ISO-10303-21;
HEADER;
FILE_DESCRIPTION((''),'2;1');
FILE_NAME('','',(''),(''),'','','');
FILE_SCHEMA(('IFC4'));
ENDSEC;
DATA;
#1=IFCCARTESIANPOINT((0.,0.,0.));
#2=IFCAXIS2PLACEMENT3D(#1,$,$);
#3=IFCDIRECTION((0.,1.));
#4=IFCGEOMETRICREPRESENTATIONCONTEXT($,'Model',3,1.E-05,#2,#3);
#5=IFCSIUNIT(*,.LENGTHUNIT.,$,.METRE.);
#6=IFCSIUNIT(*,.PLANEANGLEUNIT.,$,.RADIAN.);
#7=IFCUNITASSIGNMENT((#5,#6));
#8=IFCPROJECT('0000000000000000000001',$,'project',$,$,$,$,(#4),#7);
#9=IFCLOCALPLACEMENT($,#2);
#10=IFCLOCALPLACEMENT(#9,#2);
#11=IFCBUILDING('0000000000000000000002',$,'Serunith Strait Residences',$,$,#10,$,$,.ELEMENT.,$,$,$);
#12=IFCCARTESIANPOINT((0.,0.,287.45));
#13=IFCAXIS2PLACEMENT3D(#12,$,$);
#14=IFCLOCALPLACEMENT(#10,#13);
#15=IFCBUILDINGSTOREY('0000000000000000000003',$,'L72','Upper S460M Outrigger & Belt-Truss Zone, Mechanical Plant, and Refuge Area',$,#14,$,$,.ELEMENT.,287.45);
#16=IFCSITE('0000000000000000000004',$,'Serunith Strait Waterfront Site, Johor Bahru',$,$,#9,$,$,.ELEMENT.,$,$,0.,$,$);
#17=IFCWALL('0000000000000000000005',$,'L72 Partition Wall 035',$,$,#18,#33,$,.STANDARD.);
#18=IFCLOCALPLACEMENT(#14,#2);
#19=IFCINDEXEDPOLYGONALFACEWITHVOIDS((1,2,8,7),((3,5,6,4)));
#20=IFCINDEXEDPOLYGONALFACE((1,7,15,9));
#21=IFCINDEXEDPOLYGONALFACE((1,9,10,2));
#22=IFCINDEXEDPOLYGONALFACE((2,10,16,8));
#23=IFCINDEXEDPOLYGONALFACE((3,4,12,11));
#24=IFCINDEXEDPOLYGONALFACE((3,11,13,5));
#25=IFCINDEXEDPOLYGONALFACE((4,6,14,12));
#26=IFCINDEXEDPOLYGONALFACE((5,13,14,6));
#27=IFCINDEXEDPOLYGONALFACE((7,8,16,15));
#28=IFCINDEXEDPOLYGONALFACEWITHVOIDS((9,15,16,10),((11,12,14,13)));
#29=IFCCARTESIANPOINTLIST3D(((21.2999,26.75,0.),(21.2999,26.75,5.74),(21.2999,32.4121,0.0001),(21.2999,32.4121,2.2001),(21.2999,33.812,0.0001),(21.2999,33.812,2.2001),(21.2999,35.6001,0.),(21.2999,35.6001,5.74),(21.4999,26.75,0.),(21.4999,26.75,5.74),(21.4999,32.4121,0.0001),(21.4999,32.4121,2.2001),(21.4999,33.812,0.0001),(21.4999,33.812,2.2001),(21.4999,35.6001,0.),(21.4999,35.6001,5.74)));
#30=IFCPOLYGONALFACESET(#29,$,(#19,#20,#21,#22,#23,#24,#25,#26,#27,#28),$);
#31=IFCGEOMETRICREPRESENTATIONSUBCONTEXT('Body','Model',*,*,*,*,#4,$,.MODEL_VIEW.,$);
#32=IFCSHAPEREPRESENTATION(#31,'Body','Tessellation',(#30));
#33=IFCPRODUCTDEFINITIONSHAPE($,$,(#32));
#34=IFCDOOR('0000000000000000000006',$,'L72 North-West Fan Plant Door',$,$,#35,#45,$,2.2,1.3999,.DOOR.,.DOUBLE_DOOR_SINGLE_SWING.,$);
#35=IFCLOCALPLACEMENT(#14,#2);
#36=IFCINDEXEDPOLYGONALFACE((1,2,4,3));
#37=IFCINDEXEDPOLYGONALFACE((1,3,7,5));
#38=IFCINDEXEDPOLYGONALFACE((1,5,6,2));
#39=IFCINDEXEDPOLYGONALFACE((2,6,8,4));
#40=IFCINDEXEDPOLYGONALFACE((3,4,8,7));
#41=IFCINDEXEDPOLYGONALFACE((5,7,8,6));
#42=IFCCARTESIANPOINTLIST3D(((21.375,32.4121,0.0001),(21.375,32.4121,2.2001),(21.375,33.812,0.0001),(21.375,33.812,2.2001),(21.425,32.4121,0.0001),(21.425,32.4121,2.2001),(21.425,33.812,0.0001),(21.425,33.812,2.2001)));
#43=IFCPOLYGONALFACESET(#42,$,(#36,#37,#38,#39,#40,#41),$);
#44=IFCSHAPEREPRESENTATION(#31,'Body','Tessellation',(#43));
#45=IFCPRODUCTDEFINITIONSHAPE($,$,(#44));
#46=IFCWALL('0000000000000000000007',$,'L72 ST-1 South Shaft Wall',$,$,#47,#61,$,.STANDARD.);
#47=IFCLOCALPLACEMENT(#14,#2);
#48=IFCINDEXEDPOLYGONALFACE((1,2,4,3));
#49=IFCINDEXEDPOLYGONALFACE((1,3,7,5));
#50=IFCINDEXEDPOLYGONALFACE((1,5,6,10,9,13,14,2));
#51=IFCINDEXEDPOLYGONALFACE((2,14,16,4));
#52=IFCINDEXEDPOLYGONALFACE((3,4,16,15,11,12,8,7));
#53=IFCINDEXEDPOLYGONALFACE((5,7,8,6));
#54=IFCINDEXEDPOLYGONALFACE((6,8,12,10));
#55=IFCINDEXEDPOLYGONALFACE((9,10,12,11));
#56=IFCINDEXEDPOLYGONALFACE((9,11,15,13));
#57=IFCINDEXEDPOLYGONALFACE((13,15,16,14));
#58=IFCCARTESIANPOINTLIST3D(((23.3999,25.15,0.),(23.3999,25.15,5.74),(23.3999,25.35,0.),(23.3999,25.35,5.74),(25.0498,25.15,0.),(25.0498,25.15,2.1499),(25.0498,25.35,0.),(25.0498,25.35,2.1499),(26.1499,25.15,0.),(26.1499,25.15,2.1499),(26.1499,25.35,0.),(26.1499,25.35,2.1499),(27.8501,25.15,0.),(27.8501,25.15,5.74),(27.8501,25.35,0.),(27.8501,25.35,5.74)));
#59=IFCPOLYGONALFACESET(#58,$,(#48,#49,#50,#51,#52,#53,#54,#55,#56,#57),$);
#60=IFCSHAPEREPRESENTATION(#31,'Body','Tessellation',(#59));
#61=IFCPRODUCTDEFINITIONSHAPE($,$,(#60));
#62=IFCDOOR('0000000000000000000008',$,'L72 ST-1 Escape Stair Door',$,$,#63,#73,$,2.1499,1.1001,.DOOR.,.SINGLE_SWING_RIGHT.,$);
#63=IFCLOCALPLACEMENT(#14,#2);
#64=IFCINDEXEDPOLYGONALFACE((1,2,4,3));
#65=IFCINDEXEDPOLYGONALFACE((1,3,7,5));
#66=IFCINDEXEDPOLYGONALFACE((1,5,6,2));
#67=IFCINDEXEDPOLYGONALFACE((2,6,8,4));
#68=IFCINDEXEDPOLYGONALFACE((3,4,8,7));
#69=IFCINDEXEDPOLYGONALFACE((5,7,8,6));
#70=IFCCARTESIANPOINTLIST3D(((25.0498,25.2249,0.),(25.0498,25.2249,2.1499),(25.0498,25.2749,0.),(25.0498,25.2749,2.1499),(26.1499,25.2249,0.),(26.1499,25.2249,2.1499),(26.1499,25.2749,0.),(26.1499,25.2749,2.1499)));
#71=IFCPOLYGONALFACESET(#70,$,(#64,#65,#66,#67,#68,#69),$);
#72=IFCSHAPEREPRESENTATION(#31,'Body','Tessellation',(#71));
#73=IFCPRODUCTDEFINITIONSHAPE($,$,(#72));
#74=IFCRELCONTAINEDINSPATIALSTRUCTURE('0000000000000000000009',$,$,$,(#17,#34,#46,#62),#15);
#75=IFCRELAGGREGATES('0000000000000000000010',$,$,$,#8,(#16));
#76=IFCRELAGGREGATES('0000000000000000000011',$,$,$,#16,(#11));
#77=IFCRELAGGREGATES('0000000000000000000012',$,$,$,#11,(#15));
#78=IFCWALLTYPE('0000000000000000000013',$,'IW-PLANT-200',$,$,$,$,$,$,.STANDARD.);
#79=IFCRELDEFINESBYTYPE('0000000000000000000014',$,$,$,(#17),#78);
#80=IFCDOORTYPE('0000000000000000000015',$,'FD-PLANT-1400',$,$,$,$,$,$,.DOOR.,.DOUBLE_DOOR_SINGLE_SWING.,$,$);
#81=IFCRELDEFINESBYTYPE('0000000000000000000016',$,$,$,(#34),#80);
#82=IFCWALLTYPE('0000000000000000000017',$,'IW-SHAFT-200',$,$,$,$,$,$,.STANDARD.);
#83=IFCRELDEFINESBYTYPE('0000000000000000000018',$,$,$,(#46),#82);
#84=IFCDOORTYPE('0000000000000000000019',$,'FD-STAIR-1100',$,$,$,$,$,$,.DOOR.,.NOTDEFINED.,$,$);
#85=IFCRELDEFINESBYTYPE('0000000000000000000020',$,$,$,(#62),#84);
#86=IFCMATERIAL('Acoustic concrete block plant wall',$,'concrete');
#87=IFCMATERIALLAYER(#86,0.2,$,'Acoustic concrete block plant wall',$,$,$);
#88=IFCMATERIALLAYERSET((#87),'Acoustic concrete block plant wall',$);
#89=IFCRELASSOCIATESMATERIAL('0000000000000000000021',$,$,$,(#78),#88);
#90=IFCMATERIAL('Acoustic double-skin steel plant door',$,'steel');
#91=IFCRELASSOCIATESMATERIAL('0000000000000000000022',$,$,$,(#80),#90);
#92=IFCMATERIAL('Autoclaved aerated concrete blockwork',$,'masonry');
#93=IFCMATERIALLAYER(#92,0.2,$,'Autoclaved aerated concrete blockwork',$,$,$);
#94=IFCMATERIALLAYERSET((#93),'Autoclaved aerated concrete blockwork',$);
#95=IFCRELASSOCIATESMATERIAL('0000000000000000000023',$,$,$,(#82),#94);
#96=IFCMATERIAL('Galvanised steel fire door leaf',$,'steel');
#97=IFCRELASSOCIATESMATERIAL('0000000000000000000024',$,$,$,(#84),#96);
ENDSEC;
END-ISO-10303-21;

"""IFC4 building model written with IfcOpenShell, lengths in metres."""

from ifc_helpers import new_model, si_unit, direction, frame, frame_2d, origin, place, context, subcontext, project, spatial, rectangle, extrude, source, transform, mapped, material, layer, layer_set, type_object, element, fill, save


model = new_model("IFC4")

# Units and contexts
model_context = context("Model", 3, precision=1e-05, world=origin(), true_north=direction((0.0, 1.0)))
body_context = subcontext(model_context, "Body", "Model", "MODEL_VIEW")
ifc_project = project(units=[si_unit("LENGTHUNIT", "METRE"), si_unit("PLANEANGLEUNIT", "RADIAN")], contexts=[model_context])

# Site, building, storey
site_placement = place(None, origin())
site = spatial("IfcSite", under=ifc_project, at=site_placement, Name="Serunith Strait Waterfront Site, Johor Bahru", CompositionType="ELEMENT", RefElevation=0.0)
building_placement = place(site_placement, origin())
building = spatial("IfcBuilding", under=site, at=building_placement, Name="Serunith Strait Residences", CompositionType="ELEMENT")
storey_placement = place(building_placement, frame((0.0, 0.0, 287.45)))
storey = spatial("IfcBuildingStorey", under=building, at=storey_placement, Name="L72", Description="Upper S460M Outrigger & Belt-Truss Zone, Mechanical Plant, and Refuge Area", CompositionType="ELEMENT", Elevation=287.45)

# Shared definitions
ifc_material_1 = material(Name="Acoustic concrete block plant wall", Category="concrete")
ifc_layer_1 = layer(ifc_material_1, 0.2, Name="Acoustic concrete block plant wall")
ifc_layer_set_1 = layer_set([ifc_layer_1], Name="Acoustic concrete block plant wall")
wall_type_1 = type_object("IfcWallType", Name="IW-PLANT-200", PredefinedType="STANDARD", material=ifc_layer_set_1)

# Walls, openings, doors
wall_1_placement = place(storey_placement, frame((21.3999, 26.75, 0.0), z_axis=(0.0, 0.0, 1.0), x_axis=(0.0, 1.0, 0.0)))
wall_1 = element("IfcWall", 1, at=wall_1_placement, inside=storey, type_object=wall_type_1, Name="L72 Partition Wall 035", PredefinedType="STANDARD", context=body_context, shape_type="SweptSolid", body=[
    extrude(rectangle(XDim=8.8501, YDim=0.2, at=frame_2d((4.425, 0.0))), origin(), (0.0, 0.0, 1.0), 5.74),
])
opening_1_placement = place(wall_1_placement, frame((5.6621, 0.0, 0.0)))
opening_1 = element("IfcOpeningElement", 2, at=opening_1_placement, cuts=wall_1, PredefinedType="OPENING", context=body_context, shape_type="SweptSolid", body=[
    extrude(rectangle(XDim=1.3999, YDim=2.2, at=frame_2d((0.7, 1.1001))), frame((0.0, 0.1099, 0.0), z_axis=(0.0, -1.0, 0.0), x_axis=(1.0, 0.0, 0.0)), (0.0, 0.0, 1.0), 0.22),
])
ifc_material_2 = material(Name="Acoustic double-skin steel plant door", Category="steel")
door_type_1 = type_object("IfcDoorType", Name="FD-PLANT-1400", OperationType="DOUBLE_DOOR_SINGLE_SWING", PredefinedType="DOOR", material=ifc_material_2)
shared_shape_1 = source(origin(), body_context, "Body", "SweptSolid", [
    extrude(rectangle(XDim=1.3999, YDim=2.2, at=frame_2d((0.7, 1.1001))), frame((0.0, 0.0249, 0.0), z_axis=(0.0, -1.0, 0.0), x_axis=(1.0, 0.0, 0.0)), (0.0, 0.0, 1.0), 0.05),
])
door_1_placement = place(opening_1_placement, origin())
door_1 = element("IfcDoor", 3, at=door_1_placement, inside=storey, type_object=door_type_1, Name="L72 North-West Fan Plant Door", OperationType="DOUBLE_DOOR_SINGLE_SWING", OverallHeight=2.2, OverallWidth=1.3999, PredefinedType="DOOR", context=body_context, shape_type="MappedRepresentation", body=[
    mapped(shared_shape_1, transform((0.0, 0.0, 0.0), scale=1.0)),
])
fill(opening_1, door_1)
ifc_material_3 = material(Name="Autoclaved aerated concrete blockwork", Category="masonry")
ifc_layer_2 = layer(ifc_material_3, 0.2, Name="Autoclaved aerated concrete blockwork")
ifc_layer_set_2 = layer_set([ifc_layer_2], Name="Autoclaved aerated concrete blockwork")
wall_type_2 = type_object("IfcWallType", Name="IW-SHAFT-200", PredefinedType="STANDARD", material=ifc_layer_set_2)
wall_2_placement = place(storey_placement, frame((23.3999, 25.25, 0.0), z_axis=(0.0, 0.0, 1.0), x_axis=(1.0, 0.0, 0.0)))
wall_2 = element("IfcWall", 4, at=wall_2_placement, inside=storey, type_object=wall_type_2, Name="L72 ST-1 South Shaft Wall", PredefinedType="STANDARD", context=body_context, shape_type="SweptSolid", body=[
    extrude(rectangle(XDim=4.4502, YDim=0.2, at=frame_2d((2.2251, 0.0))), origin(), (0.0, 0.0, 1.0), 5.74),
])
opening_2_placement = place(wall_2_placement, frame((1.6499, 0.0, 0.0)))
opening_2 = element("IfcOpeningElement", 5, at=opening_2_placement, cuts=wall_2, PredefinedType="OPENING", context=body_context, shape_type="SweptSolid", body=[
    extrude(rectangle(XDim=1.1001, YDim=2.1499, at=frame_2d((0.55, 1.075))), frame((0.0, 0.1099, 0.0), z_axis=(0.0, -1.0, 0.0), x_axis=(1.0, 0.0, 0.0)), (0.0, 0.0, 1.0), 0.22),
])
ifc_material_4 = material(Name="Galvanised steel fire door leaf", Category="steel")
door_type_2 = type_object("IfcDoorType", Name="FD-STAIR-1100", OperationType="NOTDEFINED", PredefinedType="DOOR", material=ifc_material_4)
shared_shape_2 = source(origin(), body_context, "Body", "SweptSolid", [
    extrude(rectangle(XDim=1.1001, YDim=2.1499, at=frame_2d((0.55, 1.075))), frame((0.0, 0.0249, 0.0), z_axis=(0.0, -1.0, 0.0), x_axis=(1.0, 0.0, 0.0)), (0.0, 0.0, 1.0), 0.05),
])
door_2_placement = place(opening_2_placement, origin())
door_2 = element("IfcDoor", 6, at=door_2_placement, inside=storey, type_object=door_type_2, Name="L72 ST-1 Escape Stair Door", OperationType="SINGLE_SWING_RIGHT", OverallHeight=2.1499, OverallWidth=1.1001, PredefinedType="DOOR", context=body_context, shape_type="MappedRepresentation", body=[
    mapped(shared_shape_2, transform((0.0, 0.0, 0.0), scale=1.0)),
])
fill(opening_2, door_2)

save(model, "model.ifc")
